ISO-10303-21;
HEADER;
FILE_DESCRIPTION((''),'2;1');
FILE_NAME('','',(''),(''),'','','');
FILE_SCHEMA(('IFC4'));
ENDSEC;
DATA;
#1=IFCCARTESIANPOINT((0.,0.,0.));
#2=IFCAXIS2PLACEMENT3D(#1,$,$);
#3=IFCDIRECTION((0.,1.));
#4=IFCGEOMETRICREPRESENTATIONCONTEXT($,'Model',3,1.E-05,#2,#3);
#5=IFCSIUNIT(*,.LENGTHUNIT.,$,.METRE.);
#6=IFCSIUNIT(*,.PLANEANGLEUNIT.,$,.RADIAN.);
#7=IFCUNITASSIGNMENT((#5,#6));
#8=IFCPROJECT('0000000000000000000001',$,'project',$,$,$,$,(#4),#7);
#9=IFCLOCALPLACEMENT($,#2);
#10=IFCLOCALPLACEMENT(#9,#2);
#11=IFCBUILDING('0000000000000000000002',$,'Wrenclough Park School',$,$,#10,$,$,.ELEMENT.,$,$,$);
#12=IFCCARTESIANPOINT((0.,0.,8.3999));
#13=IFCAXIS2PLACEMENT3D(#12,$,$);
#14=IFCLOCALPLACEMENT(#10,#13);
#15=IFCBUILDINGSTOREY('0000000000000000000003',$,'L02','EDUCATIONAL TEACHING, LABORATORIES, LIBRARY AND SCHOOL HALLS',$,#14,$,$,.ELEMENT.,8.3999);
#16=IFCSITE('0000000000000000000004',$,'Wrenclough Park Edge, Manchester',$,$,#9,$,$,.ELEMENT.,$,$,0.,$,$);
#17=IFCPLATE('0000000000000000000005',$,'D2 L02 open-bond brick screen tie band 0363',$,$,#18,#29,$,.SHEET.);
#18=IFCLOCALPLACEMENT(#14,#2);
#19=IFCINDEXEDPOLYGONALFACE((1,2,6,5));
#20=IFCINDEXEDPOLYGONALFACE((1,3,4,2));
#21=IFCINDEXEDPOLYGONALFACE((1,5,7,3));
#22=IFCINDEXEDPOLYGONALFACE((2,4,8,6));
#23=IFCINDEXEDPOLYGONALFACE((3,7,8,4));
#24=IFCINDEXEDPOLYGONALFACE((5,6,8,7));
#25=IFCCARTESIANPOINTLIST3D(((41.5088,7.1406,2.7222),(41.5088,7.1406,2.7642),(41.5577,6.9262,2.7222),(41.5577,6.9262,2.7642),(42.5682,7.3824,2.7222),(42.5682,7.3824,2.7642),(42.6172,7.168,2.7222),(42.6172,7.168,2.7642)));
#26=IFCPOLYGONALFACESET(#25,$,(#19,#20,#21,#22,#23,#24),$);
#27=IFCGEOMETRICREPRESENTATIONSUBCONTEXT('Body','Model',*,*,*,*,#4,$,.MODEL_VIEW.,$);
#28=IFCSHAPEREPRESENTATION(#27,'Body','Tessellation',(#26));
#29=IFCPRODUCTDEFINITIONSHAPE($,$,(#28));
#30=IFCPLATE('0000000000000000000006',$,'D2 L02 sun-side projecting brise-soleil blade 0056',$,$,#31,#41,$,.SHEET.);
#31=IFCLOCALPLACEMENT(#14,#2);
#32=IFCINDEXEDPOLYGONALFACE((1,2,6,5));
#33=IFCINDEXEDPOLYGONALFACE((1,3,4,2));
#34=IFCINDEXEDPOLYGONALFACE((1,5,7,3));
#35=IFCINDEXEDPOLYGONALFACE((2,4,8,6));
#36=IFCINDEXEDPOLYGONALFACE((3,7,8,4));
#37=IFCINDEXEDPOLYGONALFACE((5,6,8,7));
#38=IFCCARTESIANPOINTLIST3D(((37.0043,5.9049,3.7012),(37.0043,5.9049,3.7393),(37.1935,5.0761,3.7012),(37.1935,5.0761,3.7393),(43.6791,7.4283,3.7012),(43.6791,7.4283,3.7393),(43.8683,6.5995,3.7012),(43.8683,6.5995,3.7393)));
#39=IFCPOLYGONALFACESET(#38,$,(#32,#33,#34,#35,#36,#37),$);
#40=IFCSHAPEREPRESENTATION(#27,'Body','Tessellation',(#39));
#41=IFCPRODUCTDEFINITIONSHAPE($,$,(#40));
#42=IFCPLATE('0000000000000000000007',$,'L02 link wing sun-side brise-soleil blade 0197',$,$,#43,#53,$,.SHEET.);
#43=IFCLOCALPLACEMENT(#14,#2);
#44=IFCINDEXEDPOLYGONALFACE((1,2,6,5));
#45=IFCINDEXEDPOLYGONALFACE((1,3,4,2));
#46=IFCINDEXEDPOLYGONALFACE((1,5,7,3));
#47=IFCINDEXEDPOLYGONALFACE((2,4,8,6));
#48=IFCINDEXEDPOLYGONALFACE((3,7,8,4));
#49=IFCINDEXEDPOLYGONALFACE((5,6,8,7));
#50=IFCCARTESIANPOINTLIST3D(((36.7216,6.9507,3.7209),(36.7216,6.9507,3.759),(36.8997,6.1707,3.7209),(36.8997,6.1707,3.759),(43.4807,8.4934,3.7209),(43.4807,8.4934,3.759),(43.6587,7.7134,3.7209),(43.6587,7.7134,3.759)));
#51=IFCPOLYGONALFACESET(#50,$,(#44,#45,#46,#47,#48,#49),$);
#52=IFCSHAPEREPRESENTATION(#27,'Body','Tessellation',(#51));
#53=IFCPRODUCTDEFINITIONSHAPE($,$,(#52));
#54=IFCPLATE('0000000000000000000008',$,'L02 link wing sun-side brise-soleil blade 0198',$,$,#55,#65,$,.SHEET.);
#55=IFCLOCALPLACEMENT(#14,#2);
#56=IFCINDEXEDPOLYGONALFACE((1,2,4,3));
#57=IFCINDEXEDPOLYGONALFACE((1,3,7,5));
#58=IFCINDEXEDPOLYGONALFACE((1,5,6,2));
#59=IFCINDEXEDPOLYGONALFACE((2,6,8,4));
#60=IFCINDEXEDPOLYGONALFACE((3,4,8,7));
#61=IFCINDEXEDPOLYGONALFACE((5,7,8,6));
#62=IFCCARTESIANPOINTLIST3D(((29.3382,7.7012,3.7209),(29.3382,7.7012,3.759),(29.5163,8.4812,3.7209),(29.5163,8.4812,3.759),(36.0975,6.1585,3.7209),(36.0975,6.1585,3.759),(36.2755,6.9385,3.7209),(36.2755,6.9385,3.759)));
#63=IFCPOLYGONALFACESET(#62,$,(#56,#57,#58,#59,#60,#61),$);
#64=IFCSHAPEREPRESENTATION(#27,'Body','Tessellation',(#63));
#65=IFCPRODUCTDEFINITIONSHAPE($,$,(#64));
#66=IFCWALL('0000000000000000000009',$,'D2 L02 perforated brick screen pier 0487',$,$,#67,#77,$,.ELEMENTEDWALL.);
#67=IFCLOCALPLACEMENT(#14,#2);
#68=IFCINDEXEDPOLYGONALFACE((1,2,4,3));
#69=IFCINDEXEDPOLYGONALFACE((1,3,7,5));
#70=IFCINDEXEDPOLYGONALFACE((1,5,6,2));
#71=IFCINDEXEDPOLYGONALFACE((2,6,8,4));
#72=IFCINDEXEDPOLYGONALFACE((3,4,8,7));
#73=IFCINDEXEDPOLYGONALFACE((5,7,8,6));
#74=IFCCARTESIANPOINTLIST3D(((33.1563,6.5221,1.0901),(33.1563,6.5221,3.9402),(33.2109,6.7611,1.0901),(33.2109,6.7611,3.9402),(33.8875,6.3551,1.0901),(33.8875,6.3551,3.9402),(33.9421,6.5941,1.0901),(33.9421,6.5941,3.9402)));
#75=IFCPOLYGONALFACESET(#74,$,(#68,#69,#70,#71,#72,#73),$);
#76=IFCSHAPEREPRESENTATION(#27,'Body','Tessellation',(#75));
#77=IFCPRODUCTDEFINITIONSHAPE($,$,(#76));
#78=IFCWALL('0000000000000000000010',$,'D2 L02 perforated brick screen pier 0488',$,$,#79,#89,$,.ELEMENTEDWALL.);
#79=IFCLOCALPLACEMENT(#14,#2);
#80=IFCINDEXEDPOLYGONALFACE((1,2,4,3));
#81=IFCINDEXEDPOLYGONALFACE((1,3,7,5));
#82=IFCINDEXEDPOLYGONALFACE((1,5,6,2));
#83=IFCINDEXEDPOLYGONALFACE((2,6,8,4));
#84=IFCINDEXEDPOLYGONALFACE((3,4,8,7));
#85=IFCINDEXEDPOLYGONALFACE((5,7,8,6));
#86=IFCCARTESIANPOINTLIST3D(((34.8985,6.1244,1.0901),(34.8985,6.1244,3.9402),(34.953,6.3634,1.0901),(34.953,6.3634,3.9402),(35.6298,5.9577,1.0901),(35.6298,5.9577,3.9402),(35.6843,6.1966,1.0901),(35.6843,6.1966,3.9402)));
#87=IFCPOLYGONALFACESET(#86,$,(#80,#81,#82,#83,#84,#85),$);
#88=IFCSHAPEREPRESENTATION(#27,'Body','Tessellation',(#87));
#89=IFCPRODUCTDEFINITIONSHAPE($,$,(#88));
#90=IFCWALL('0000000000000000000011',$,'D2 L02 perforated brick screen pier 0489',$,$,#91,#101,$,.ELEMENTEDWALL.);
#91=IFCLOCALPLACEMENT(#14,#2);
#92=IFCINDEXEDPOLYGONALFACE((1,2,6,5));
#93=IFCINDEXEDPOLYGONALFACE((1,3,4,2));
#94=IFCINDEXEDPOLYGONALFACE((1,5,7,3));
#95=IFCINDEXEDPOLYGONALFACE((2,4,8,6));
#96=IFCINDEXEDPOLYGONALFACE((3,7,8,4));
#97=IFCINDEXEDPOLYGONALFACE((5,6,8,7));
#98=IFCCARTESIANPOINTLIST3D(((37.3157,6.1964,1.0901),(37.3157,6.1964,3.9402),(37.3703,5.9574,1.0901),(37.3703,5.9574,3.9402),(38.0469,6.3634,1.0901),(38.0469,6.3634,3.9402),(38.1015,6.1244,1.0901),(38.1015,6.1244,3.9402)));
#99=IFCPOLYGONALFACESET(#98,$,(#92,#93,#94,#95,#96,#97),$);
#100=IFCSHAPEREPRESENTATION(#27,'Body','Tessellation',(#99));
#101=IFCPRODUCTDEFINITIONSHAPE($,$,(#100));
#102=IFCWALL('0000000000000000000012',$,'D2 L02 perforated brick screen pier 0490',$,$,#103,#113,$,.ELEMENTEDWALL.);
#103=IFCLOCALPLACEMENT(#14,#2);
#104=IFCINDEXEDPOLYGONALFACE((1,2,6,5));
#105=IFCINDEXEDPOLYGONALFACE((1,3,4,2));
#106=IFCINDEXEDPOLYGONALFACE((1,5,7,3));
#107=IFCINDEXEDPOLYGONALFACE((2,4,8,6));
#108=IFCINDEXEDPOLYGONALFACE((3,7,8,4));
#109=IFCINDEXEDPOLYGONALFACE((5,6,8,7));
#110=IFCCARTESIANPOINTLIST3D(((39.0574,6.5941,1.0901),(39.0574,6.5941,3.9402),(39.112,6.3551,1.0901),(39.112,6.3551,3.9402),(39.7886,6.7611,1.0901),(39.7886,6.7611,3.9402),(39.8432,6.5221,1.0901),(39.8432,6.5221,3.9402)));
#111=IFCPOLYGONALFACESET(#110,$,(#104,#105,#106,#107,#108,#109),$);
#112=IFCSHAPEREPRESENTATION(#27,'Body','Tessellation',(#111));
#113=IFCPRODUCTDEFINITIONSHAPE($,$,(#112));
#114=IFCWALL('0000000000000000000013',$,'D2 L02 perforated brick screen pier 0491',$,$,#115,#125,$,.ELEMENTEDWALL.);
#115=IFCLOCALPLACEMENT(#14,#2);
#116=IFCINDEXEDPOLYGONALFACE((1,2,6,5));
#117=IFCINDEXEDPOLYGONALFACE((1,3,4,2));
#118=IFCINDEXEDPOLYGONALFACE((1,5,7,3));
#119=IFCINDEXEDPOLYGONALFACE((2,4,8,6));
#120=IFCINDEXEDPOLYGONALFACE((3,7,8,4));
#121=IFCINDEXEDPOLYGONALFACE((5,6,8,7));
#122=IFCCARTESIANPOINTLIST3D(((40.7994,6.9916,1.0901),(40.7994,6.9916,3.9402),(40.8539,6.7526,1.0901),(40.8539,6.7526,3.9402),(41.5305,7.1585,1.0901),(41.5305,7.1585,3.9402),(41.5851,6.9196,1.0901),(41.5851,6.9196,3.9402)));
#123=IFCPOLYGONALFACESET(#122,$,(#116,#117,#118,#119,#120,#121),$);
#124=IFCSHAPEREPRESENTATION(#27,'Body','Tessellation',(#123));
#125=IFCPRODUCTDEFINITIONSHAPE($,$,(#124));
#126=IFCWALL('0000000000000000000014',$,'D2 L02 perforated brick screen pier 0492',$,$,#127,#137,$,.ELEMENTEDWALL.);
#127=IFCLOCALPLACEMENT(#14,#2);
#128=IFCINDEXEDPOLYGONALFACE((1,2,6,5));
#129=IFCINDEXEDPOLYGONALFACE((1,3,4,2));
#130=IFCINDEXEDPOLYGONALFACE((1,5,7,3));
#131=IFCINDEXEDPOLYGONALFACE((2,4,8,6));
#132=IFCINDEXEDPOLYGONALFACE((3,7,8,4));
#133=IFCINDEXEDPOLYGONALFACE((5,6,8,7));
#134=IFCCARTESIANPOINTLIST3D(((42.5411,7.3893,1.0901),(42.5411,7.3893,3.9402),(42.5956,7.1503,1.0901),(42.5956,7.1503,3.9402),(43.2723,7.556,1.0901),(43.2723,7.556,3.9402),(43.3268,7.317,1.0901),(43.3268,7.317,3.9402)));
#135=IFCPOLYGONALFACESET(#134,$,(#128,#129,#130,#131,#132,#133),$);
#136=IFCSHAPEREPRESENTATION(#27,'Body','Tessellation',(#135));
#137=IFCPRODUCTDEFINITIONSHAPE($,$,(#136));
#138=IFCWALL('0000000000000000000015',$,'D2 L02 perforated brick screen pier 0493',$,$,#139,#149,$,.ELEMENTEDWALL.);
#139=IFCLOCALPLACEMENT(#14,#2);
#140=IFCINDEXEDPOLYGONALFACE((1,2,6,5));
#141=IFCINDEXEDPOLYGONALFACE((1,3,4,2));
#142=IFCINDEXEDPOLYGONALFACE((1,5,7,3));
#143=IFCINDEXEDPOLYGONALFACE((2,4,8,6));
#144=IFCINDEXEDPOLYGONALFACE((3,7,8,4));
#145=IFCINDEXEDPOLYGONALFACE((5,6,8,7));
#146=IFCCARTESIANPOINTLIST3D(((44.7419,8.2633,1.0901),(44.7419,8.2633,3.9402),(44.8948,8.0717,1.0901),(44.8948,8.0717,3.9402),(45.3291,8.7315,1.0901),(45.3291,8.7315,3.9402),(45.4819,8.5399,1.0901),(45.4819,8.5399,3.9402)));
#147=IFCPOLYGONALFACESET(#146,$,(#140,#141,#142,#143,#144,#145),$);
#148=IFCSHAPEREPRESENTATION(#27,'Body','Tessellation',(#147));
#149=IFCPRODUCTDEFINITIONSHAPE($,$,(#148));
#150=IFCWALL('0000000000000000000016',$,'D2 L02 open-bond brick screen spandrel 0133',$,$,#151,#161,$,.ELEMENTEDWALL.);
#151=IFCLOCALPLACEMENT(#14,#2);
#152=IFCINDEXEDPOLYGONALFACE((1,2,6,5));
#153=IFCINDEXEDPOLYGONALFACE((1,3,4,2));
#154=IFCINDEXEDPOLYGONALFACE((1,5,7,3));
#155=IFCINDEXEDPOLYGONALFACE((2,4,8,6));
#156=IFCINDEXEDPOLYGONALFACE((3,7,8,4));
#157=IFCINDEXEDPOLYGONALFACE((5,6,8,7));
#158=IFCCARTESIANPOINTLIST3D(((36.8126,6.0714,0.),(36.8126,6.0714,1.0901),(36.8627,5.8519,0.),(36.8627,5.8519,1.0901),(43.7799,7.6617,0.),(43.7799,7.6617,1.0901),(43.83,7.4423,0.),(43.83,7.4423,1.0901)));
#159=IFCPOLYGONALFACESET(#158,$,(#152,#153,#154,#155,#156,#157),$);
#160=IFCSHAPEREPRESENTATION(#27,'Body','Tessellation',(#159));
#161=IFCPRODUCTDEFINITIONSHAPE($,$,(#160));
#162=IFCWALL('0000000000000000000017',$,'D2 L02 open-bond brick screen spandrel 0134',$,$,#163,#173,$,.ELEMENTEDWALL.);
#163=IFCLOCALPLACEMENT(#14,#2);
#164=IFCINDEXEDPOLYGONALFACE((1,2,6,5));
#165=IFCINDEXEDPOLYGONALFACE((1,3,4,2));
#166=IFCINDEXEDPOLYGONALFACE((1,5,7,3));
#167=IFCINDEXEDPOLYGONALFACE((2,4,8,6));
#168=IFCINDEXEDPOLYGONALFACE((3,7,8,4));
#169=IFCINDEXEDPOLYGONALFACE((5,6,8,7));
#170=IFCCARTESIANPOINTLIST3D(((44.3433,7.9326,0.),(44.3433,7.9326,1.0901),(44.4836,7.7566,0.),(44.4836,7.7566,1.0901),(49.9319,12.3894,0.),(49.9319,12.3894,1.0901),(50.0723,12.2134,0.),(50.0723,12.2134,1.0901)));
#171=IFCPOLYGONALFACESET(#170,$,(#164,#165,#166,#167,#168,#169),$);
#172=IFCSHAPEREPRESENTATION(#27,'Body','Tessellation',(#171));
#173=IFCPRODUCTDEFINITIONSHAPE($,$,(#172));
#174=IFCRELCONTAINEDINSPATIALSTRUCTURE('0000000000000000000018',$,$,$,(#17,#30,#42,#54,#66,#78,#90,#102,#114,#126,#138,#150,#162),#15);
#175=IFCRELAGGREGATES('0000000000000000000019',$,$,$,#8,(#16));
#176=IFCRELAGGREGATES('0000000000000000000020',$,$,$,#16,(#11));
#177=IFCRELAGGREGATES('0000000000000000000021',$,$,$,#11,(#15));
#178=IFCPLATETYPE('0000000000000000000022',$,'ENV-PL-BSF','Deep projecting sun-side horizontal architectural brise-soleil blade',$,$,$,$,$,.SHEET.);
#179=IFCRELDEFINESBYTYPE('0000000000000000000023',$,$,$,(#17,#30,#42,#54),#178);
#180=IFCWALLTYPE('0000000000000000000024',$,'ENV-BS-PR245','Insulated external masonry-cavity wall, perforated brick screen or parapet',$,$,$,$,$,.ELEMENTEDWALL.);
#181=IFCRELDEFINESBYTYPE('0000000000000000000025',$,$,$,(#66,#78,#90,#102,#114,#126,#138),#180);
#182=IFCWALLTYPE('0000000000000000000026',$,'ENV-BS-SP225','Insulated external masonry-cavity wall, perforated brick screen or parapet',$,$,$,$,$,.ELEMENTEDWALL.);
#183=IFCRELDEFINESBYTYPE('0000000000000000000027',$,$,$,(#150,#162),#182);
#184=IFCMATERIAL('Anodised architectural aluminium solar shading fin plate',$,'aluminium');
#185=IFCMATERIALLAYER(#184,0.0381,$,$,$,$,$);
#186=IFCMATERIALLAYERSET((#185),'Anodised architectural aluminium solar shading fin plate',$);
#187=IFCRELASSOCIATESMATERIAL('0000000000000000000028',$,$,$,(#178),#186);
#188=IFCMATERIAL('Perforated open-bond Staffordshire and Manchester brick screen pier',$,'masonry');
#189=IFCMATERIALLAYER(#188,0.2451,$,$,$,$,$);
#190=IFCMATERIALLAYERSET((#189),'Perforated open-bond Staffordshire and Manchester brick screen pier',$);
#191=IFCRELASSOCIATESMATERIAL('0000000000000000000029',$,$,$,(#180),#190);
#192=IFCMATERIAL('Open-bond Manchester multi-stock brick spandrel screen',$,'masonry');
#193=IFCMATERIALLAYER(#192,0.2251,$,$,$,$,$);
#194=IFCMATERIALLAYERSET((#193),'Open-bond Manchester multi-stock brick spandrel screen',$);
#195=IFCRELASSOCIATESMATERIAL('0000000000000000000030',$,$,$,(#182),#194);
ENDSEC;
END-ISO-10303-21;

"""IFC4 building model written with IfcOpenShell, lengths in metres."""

from ifc_helpers import new_model, si_unit, direction, frame, frame_2d, origin, origin_2d, place, context, subcontext, project, spatial, rectangle, extrude, material, layer, layer_set, type_object, element, save


model = new_model("IFC4")

# Units and contexts
model_context = context("Model", 3, precision=1e-05, world=origin(), true_north=direction((0.0, 1.0)))
body_context = subcontext(model_context, "Body", "Model", "MODEL_VIEW")
ifc_project = project(units=[si_unit("LENGTHUNIT", "METRE"), si_unit("PLANEANGLEUNIT", "RADIAN")], contexts=[model_context])

# Site, building, storey
site_placement = place(None, origin())
site = spatial("IfcSite", under=ifc_project, at=site_placement, Name="Wrenclough Park Edge, Manchester", CompositionType="ELEMENT", RefElevation=0.0)
building_placement = place(site_placement, origin())
building = spatial("IfcBuilding", under=site, at=building_placement, Name="Wrenclough Park School", CompositionType="ELEMENT")
storey_placement = place(building_placement, frame((0.0, 0.0, 8.3999)))
storey = spatial("IfcBuildingStorey", under=building, at=storey_placement, Name="L02", Description="EDUCATIONAL TEACHING, LABORATORIES, LIBRARY AND SCHOOL HALLS", CompositionType="ELEMENT", Elevation=8.3999)

# Plates
ifc_material_1 = material(Name="Anodised architectural aluminium solar shading fin plate", Category="aluminium")
ifc_layer_1 = layer(ifc_material_1, 0.0381)
ifc_layer_set_1 = layer_set([ifc_layer_1], Name="Anodised architectural aluminium solar shading fin plate")
plate_type = type_object("IfcPlateType", Name="ENV-PL-BSF", Description="Deep projecting sun-side horizontal architectural brise-soleil blade", PredefinedType="SHEET", material=ifc_layer_set_1)
for number, where, z_axis, x_axis, name in (
    (1, (42.063, 7.1543, 2.7222), (0.0, 0.0, 1.0), (0.974929, 0.222516, 0.0), "D2 L02 open-bond brick screen tie band 0363"),
):
    element("IfcPlate", number, at=place(storey_placement, frame(where, z_axis=z_axis, x_axis=x_axis)), inside=storey, type_object=plate_type, Name=name, PredefinedType="SHEET", context=body_context, shape_type="SweptSolid", body=[
        extrude(rectangle(XDim=1.0867, YDim=0.22, at=origin_2d()), origin(), (0.0, 0.0, 1.0), 0.042),
    ])
plate_1_placement = place(storey_placement, frame((40.4363, 6.2522, 3.7012), z_axis=(0.0, 0.0, 1.0), x_axis=(0.974929, 0.222516, 0.0)))
element("IfcPlate", 2, at=plate_1_placement, inside=storey, type_object=plate_type, Name="D2 L02 sun-side projecting brise-soleil blade 0056", PredefinedType="SHEET", context=body_context, shape_type="SweptSolid", body=[
    extrude(rectangle(XDim=6.8464, YDim=0.8501, at=origin_2d()), origin(), (0.0, 0.0, 1.0), 0.0381),
])
plate_2_placement = place(storey_placement, frame((40.1902, 7.332, 3.7209), z_axis=(0.0, 0.0, 1.0), x_axis=(-0.974929, -0.222516, 0.0)))
element("IfcPlate", 3, at=plate_2_placement, inside=storey, type_object=plate_type, Name="L02 link wing sun-side brise-soleil blade 0197", PredefinedType="SHEET", context=body_context, shape_type="SweptSolid", body=[
    extrude(rectangle(XDim=6.9329, YDim=0.8, at=origin_2d()), origin(), (0.0, 0.0, 1.0), 0.0381),
])
plate_3_placement = place(storey_placement, frame((32.8069, 7.3198, 3.7209), z_axis=(0.0, 0.0, 1.0), x_axis=(-0.97493, 0.222513, 0.0)))
element("IfcPlate", 4, at=plate_3_placement, inside=storey, type_object=plate_type, Name="L02 link wing sun-side brise-soleil blade 0198", PredefinedType="SHEET", context=body_context, shape_type="SweptSolid", body=[
    extrude(rectangle(XDim=6.9331, YDim=0.8, at=origin_2d()), origin(), (0.0, 0.0, 1.0), 0.0381),
])

# Walls
ifc_material_2 = material(Name="Perforated open-bond Staffordshire and Manchester brick screen pier", Category="masonry")
ifc_layer_2 = layer(ifc_material_2, 0.2451)
ifc_layer_set_2 = layer_set([ifc_layer_2], Name="Perforated open-bond Staffordshire and Manchester brick screen pier")
wall_type_1 = type_object("IfcWallType", Name="ENV-BS-PR245", Description="Insulated external masonry-cavity wall, perforated brick screen or parapet", PredefinedType="ELEMENTEDWALL", material=ifc_layer_set_2)
for number, where, z_axis, x_axis, name in (
    (5, (33.1836, 6.6416, 1.0901), (0.0, 0.0, 1.0), (0.974899, -0.222648, 0.0), "D2 L02 perforated brick screen pier 0487"),
    (6, (34.9258, 6.2439, 1.0901), (0.0, 0.0, 1.0), (0.97497, -0.222339, 0.0), "D2 L02 perforated brick screen pier 0488"),
    (7, (37.343, 6.0769, 1.0901), (0.0, 0.0, 1.0), (0.974899, 0.222648, 0.0), "D2 L02 perforated brick screen pier 0489"),
    (8, (39.0847, 6.4746, 1.0901), (0.0, 0.0, 1.0), (0.974899, 0.222648, 0.0), "D2 L02 perforated brick screen pier 0490"),
    (9, (40.8267, 6.8721, 1.0901), (0.0, 0.0, 1.0), (0.974899, 0.222648, 0.0), "D2 L02 perforated brick screen pier 0491"),
    (10, (42.5684, 7.2698, 1.0901), (0.0, 0.0, 1.0), (0.97497, 0.222339, 0.0), "D2 L02 perforated brick screen pier 0492"),
):
    element("IfcWall", number, at=place(storey_placement, frame(where, z_axis=z_axis, x_axis=x_axis)), inside=storey, type_object=wall_type_1, Name=name, PredefinedType="ELEMENTEDWALL", context=body_context, shape_type="SweptSolid", body=[
        extrude(rectangle(XDim=0.75, YDim=0.2451, at=frame_2d((0.375, 0.0))), origin(), (0.0, 0.0, 1.0), 2.8501),
    ])
wall_1_placement = place(storey_placement, frame((44.8184, 8.1675, 1.0901), z_axis=(0.0, 0.0, 1.0), x_axis=(0.781819, 0.623505, 0.0)))
element("IfcWall", 11, at=wall_1_placement, inside=storey, type_object=wall_type_1, Name="D2 L02 perforated brick screen pier 0493", PredefinedType="ELEMENTEDWALL", context=body_context, shape_type="SweptSolid", body=[
    extrude(rectangle(XDim=0.751, YDim=0.2451, at=frame_2d((0.3755, 0.0))), origin(), (0.0, 0.0, 1.0), 2.8501),
])
ifc_material_3 = material(Name="Open-bond Manchester multi-stock brick spandrel screen", Category="masonry")
ifc_layer_3 = layer(ifc_material_3, 0.2251)
ifc_layer_set_3 = layer_set([ifc_layer_3], Name="Open-bond Manchester multi-stock brick spandrel screen")
wall_type_2 = type_object("IfcWallType", Name="ENV-BS-SP225", Description="Insulated external masonry-cavity wall, perforated brick screen or parapet", PredefinedType="ELEMENTEDWALL", material=ifc_layer_set_3)
wall_2_placement = place(storey_placement, frame((36.8376, 5.9617, 0.0), z_axis=(0.0, 0.0, 1.0), x_axis=(0.974925, 0.222534, 0.0)))
element("IfcWall", 12, at=wall_2_placement, inside=storey, type_object=wall_type_2, Name="D2 L02 open-bond brick screen spandrel 0133", PredefinedType="ELEMENTEDWALL", context=body_context, shape_type="SweptSolid", body=[
    extrude(rectangle(XDim=7.1465, YDim=0.2251, at=frame_2d((3.5732, 0.0))), origin(), (0.0, 0.0, 1.0), 1.0901),
])
wall_3_placement = place(storey_placement, frame((44.4133, 7.8445, 0.0), z_axis=(0.0, 0.0, 1.0), x_axis=(0.781831, 0.623491, 0.0)))
element("IfcWall", 13, at=wall_3_placement, inside=storey, type_object=wall_type_2, Name="D2 L02 open-bond brick screen spandrel 0134", PredefinedType="ELEMENTEDWALL", context=body_context, shape_type="SweptSolid", body=[
    extrude(rectangle(XDim=7.1482, YDim=0.2251, at=frame_2d((3.5742, 0.0))), origin(), (0.0, 0.0, 1.0), 1.0901),
])

save(model, "model.ifc")
